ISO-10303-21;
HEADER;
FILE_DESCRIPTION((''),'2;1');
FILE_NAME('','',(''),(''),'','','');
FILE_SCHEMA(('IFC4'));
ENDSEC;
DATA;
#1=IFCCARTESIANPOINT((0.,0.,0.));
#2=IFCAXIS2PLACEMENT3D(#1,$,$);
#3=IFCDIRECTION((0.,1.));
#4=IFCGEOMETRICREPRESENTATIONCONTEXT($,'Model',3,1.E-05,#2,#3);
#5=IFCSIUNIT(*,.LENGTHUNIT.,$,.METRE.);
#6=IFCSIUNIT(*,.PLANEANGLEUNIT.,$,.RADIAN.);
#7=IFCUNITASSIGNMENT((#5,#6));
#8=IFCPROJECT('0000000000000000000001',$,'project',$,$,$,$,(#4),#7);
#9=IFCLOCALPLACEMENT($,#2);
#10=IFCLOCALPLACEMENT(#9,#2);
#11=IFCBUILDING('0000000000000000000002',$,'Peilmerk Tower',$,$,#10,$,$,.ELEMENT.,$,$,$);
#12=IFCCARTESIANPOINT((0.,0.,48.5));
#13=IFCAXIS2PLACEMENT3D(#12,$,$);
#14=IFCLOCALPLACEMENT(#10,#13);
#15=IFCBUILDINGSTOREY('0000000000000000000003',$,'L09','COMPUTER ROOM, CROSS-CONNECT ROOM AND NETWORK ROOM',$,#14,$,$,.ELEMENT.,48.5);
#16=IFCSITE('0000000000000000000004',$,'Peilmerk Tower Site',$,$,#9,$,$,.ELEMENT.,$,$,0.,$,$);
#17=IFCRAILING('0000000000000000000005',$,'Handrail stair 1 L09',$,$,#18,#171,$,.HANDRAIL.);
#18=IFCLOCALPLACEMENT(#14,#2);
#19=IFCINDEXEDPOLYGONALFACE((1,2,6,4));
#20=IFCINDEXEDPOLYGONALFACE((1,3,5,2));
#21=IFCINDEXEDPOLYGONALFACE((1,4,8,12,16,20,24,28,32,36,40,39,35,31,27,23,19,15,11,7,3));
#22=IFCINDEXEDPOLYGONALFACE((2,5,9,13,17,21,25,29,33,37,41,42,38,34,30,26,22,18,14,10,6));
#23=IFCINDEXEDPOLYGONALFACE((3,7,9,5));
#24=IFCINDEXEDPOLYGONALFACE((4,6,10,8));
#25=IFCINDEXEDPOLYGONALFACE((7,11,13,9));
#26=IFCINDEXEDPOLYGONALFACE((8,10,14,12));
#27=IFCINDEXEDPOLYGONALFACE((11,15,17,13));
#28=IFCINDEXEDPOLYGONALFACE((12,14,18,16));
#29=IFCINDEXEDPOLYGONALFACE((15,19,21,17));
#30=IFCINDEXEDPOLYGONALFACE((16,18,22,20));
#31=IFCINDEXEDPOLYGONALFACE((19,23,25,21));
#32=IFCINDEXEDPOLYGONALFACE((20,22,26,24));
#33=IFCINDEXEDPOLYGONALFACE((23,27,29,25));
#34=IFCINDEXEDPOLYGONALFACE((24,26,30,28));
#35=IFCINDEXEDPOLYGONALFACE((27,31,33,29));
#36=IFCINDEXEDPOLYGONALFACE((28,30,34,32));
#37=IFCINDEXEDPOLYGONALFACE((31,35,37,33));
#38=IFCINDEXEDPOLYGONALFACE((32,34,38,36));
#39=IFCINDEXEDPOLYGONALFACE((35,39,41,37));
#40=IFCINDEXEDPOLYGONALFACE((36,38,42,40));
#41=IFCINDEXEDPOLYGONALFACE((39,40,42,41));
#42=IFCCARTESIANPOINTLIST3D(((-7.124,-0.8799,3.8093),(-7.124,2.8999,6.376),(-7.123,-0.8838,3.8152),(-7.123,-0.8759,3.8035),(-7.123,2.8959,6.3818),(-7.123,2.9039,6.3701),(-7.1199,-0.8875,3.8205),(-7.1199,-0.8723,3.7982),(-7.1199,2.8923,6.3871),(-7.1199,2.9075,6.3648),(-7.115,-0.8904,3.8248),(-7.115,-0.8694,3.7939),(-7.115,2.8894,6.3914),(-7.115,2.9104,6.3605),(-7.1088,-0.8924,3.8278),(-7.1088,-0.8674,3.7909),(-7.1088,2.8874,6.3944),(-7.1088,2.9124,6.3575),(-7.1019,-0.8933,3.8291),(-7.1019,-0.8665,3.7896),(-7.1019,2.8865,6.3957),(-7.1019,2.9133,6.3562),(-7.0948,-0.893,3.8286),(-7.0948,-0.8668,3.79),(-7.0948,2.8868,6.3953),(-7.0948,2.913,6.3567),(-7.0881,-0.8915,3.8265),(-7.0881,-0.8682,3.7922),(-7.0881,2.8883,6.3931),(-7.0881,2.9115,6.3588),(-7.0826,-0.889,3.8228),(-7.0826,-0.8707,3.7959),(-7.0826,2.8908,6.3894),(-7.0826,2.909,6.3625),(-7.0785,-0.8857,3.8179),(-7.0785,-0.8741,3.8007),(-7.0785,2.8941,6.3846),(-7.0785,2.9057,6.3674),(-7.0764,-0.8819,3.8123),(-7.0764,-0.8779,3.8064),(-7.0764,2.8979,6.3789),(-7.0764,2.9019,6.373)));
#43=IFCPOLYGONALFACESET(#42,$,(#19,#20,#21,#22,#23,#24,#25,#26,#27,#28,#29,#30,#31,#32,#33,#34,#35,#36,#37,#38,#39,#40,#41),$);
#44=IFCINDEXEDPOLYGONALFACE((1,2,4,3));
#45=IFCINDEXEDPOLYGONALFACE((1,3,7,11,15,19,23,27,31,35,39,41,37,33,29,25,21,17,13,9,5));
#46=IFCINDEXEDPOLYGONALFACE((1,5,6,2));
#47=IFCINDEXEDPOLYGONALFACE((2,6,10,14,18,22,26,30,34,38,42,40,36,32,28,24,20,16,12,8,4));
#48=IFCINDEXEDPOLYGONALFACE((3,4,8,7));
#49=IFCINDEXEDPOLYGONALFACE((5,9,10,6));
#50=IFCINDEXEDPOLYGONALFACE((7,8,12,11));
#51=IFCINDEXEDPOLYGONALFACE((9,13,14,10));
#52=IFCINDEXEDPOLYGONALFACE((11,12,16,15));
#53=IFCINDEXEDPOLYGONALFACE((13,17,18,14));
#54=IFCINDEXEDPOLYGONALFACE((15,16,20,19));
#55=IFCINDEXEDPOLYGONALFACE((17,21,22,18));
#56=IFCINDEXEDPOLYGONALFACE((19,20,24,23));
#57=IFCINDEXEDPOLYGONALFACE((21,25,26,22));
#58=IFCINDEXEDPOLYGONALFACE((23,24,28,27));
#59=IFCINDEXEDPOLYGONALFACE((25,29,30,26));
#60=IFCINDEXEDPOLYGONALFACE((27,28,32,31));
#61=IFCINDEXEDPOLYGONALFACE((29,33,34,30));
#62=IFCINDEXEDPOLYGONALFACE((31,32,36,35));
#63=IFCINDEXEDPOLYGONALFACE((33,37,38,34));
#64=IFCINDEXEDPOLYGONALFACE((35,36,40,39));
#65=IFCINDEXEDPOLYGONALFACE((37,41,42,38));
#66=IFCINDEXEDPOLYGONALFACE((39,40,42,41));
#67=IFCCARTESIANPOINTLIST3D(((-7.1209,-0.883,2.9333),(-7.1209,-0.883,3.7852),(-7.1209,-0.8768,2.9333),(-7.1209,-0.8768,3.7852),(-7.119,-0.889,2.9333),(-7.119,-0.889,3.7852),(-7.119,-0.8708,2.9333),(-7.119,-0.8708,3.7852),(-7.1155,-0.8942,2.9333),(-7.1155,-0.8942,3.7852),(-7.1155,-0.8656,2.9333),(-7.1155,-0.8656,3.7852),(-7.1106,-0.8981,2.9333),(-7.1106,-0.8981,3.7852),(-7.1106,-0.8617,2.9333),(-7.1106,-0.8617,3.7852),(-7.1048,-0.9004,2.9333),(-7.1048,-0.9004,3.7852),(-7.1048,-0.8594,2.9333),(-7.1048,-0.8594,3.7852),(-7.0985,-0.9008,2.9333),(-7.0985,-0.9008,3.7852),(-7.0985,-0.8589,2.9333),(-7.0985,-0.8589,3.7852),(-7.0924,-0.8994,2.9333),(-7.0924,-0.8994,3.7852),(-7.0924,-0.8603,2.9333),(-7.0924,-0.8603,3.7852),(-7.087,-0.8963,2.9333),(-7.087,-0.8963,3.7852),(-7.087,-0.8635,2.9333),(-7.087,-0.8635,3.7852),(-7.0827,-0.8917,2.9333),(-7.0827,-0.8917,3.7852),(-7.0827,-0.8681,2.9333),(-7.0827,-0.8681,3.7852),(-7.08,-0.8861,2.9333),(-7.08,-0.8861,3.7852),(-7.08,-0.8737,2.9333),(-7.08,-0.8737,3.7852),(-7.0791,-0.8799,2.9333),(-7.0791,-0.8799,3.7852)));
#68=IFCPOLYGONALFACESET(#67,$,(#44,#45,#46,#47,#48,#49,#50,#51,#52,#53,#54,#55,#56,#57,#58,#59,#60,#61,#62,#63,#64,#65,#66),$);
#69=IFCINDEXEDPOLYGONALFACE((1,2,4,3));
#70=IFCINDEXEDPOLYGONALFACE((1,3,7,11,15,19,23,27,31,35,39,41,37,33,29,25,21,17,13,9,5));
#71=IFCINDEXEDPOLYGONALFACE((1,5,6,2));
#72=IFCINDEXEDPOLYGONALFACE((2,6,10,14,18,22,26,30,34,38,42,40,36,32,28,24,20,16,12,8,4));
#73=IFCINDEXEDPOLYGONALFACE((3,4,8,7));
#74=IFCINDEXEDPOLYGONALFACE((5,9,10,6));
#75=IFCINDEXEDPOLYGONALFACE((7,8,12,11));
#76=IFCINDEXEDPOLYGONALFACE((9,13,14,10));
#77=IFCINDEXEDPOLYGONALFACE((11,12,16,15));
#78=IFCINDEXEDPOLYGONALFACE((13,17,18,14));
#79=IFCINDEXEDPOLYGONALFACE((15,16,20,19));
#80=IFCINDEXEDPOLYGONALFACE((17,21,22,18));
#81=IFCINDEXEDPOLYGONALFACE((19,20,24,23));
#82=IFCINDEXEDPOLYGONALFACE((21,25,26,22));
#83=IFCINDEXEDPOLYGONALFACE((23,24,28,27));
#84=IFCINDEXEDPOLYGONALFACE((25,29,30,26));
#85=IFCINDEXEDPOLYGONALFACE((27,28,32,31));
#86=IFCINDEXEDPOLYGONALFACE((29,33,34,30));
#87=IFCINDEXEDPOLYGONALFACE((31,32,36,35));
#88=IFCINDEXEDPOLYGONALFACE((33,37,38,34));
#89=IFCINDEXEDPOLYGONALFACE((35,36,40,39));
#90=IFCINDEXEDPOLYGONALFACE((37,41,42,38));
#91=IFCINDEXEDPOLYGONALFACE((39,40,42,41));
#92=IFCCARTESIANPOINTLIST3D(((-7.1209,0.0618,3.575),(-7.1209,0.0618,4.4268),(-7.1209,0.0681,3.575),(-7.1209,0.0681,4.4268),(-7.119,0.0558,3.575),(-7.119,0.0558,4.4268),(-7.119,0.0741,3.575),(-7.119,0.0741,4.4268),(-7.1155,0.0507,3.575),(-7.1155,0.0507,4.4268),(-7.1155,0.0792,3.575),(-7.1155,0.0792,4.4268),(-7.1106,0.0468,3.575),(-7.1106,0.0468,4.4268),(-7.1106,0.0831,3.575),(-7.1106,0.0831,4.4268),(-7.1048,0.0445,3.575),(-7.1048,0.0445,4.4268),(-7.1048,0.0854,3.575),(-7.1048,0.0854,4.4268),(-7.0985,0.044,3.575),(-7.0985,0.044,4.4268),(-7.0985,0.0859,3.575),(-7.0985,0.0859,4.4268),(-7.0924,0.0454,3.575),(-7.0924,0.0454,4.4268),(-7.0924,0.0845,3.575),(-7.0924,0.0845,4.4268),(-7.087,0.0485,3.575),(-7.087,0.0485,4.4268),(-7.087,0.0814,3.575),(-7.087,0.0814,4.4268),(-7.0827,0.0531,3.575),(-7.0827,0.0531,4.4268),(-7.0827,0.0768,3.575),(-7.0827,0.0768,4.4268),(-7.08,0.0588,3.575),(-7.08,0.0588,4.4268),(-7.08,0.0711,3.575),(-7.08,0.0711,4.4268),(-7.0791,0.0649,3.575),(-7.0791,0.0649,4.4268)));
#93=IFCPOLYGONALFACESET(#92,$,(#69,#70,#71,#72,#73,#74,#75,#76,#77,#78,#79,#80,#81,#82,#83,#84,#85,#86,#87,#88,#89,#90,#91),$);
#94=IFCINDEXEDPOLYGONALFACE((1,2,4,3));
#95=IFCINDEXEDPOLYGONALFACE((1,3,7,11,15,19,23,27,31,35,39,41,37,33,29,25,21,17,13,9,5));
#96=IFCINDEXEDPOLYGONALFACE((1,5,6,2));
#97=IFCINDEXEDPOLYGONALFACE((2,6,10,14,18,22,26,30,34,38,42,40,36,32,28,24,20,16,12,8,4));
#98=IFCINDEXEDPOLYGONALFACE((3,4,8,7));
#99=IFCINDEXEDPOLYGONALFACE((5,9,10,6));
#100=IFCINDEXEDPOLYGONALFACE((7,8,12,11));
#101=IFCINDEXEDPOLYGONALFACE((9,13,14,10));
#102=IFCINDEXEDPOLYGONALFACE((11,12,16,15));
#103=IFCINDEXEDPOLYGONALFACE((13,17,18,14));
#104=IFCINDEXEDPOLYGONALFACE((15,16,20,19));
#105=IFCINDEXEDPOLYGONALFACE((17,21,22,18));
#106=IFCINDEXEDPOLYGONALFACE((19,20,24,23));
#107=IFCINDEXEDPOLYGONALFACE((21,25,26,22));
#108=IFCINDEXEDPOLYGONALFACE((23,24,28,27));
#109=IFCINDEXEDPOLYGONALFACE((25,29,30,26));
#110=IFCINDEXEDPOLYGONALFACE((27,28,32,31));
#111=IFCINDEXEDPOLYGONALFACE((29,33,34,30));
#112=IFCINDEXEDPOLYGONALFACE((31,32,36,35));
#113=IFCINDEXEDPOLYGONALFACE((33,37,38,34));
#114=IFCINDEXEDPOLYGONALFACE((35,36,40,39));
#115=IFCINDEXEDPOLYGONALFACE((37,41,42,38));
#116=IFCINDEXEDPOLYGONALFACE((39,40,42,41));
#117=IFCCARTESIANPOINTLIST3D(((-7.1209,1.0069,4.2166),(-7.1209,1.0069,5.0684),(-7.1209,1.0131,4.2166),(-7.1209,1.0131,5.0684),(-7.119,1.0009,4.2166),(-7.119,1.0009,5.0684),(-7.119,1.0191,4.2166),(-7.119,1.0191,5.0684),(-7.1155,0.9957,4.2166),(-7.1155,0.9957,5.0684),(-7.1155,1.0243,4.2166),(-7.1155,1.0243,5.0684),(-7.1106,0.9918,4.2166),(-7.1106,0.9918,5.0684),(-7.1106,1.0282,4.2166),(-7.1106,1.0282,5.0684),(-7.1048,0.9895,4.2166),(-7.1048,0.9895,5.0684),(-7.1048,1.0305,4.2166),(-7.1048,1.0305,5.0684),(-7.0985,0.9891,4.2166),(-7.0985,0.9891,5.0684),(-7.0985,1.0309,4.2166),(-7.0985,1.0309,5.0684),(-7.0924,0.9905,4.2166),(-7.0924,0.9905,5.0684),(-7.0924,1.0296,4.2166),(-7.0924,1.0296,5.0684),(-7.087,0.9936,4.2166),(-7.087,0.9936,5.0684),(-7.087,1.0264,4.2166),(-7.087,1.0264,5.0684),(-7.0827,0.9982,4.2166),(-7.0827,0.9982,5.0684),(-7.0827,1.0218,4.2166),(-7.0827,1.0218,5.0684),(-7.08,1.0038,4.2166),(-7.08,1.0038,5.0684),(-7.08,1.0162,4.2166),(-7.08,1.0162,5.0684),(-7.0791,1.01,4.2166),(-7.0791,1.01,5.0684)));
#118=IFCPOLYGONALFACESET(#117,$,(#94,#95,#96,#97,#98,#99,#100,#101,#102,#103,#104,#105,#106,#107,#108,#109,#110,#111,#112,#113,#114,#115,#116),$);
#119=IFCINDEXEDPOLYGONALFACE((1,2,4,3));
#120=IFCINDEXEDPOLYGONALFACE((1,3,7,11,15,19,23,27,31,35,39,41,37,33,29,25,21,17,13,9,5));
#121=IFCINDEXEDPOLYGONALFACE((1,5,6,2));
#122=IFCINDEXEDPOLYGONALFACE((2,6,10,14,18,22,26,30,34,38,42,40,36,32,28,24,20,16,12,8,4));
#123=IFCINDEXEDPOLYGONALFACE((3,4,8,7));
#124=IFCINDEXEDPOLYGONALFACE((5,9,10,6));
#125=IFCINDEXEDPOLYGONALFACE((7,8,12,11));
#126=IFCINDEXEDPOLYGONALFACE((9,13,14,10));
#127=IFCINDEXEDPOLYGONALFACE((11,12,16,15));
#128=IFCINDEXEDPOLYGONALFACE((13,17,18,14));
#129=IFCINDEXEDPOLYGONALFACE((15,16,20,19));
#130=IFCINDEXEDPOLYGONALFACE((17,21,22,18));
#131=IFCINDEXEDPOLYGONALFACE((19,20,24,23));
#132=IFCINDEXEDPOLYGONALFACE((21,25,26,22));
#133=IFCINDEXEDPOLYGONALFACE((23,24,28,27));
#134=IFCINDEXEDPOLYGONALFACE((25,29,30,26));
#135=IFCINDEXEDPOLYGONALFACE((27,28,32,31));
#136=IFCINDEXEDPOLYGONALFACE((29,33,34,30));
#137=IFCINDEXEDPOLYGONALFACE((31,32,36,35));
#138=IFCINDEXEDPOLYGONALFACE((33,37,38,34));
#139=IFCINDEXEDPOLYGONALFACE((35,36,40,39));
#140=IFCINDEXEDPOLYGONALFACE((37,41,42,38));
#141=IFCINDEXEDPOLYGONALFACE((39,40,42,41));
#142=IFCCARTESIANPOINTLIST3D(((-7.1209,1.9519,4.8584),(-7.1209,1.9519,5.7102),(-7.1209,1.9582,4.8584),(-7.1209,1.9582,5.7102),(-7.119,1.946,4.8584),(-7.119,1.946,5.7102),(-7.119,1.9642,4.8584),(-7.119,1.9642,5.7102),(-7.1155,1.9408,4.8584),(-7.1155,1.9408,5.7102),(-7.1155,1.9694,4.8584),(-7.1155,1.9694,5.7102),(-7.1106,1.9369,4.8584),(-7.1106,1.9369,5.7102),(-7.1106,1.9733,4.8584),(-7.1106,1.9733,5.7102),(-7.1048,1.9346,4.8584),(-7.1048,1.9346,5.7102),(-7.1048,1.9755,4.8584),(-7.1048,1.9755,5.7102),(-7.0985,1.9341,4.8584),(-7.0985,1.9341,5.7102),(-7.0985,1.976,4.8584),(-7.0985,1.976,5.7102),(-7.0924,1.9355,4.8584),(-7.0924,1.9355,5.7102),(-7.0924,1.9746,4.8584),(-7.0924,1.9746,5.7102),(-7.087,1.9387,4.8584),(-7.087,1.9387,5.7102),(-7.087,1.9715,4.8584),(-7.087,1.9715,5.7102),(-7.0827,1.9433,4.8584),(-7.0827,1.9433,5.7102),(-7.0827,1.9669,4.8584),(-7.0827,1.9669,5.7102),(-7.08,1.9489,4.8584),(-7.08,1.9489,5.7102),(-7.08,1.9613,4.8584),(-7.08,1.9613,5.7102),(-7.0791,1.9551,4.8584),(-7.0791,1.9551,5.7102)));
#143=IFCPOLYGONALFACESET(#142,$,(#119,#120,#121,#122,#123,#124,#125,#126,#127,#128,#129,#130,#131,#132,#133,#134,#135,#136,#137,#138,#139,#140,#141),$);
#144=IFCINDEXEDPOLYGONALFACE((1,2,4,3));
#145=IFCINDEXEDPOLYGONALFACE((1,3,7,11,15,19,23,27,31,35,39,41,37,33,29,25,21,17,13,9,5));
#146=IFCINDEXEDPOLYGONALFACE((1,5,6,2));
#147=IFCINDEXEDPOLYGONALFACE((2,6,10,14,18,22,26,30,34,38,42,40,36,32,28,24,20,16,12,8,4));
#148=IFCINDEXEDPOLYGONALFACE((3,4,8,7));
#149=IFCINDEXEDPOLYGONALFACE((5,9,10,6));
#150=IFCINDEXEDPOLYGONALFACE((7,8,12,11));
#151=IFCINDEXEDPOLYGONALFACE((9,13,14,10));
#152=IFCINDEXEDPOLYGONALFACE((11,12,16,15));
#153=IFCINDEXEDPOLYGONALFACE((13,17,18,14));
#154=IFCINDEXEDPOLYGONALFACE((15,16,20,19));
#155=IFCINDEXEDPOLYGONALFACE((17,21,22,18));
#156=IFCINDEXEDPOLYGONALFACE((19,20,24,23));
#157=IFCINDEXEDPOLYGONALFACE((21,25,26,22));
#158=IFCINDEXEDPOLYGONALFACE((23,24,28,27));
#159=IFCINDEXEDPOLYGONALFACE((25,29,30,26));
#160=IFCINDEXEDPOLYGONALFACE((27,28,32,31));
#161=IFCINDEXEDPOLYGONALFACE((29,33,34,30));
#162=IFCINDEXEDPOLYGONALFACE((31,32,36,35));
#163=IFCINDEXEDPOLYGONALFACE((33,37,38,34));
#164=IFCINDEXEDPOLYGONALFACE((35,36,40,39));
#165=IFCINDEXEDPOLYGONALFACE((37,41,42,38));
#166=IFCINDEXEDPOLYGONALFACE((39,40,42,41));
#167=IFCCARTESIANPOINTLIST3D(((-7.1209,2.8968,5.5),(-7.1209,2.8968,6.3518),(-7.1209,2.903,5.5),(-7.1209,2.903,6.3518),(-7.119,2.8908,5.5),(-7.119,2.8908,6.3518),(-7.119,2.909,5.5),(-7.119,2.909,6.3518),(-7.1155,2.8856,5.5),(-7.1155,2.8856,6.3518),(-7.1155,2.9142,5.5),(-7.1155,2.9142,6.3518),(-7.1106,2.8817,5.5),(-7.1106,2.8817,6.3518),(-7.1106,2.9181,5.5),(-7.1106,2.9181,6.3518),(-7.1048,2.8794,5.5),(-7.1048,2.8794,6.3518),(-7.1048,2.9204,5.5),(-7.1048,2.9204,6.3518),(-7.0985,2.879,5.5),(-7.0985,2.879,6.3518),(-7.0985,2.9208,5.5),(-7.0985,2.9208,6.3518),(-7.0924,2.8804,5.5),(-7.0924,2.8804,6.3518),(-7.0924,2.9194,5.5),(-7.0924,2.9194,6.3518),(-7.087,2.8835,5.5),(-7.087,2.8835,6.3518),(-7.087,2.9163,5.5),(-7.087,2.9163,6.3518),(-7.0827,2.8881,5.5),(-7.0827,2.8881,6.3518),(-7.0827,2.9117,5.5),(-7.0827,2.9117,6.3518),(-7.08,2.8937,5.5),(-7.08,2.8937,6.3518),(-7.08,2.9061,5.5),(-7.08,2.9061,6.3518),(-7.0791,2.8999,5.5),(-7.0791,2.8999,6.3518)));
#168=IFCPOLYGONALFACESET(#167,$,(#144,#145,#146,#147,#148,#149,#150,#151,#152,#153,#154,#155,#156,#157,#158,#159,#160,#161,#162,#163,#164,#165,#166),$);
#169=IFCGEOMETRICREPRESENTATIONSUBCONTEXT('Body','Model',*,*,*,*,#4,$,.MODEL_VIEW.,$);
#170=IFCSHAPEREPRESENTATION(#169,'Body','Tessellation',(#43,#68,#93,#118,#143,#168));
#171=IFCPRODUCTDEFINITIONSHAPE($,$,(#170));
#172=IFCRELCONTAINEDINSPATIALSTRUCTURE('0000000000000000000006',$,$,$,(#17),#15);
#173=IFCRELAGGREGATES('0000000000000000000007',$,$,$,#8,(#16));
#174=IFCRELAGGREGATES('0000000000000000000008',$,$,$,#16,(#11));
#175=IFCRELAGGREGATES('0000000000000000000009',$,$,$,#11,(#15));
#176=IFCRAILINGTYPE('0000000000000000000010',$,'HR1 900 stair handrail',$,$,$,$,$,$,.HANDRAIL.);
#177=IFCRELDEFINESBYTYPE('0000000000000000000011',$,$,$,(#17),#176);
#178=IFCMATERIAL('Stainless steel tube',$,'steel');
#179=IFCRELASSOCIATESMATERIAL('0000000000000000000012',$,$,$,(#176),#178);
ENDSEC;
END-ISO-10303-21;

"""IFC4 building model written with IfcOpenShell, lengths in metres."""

from ifc_helpers import new_model, si_unit, direction, frame, origin, origin_2d, place, context, subcontext, project, spatial, circle, extrude, material, type_object, element, save


model = new_model("IFC4")

# Units and contexts
model_context = context("Model", 3, precision=1e-05, world=origin(), true_north=direction((0.0, 1.0)))
body_context = subcontext(model_context, "Body", "Model", "MODEL_VIEW")
ifc_project = project(units=[si_unit("LENGTHUNIT", "METRE"), si_unit("PLANEANGLEUNIT", "RADIAN")], contexts=[model_context])

# Site, building, storey
site_placement = place(None, origin())
site = spatial("IfcSite", under=ifc_project, at=site_placement, Name="Peilmerk Tower Site", CompositionType="ELEMENT", RefElevation=0.0)
building_placement = place(site_placement, origin())
building = spatial("IfcBuilding", under=site, at=building_placement, Name="Peilmerk Tower", CompositionType="ELEMENT")
storey_placement = place(building_placement, frame((0.0, 0.0, 48.5)))
storey = spatial("IfcBuildingStorey", under=building, at=storey_placement, Name="L09", Description="COMPUTER ROOM, CROSS-CONNECT ROOM AND NETWORK ROOM", CompositionType="ELEMENT", Elevation=48.5)

# Railing
ifc_material_1 = material(Name="Stainless steel tube", Category="steel")
railing_type_1 = type_object("IfcRailingType", Name="HR1 900 stair handrail", PredefinedType="HANDRAIL", material=ifc_material_1)
railing_1_placement = place(storey_placement, frame((-7.1001, -0.8799, 2.9333)))
element("IfcRailing", 1, at=railing_1_placement, inside=storey, type_object=railing_type_1, Name="Handrail stair 1 L09", PredefinedType="HANDRAIL", context=body_context, shape_type="SweptSolid", body=[
    extrude(circle(Radius=0.0239, at=origin_2d()), frame((0.0, 0.0, 0.876), z_axis=(0.0, 0.827293, 0.561771), x_axis=(-1.0, 0.0, 0.0)), (0.0, 0.0, 1.0), 4.5688),
    extrude(circle(Radius=0.021, at=origin_2d()), origin(), (0.0, 0.0, 1.0), 0.8518),
    extrude(circle(Radius=0.021, at=origin_2d()), frame((0.0, 0.9448, 0.6416)), (0.0, 0.0, 1.0), 0.8518),
    extrude(circle(Radius=0.021, at=origin_2d()), frame((0.0, 1.8899, 1.2832)), (0.0, 0.0, 1.0), 0.8518),
    extrude(circle(Radius=0.021, at=origin_2d()), frame((0.0, 2.835, 1.925)), (0.0, 0.0, 1.0), 0.8518),
    extrude(circle(Radius=0.021, at=origin_2d()), frame((0.0, 3.7798, 2.5667)), (0.0, 0.0, 1.0), 0.8518),
])

save(model, "model.ifc")
